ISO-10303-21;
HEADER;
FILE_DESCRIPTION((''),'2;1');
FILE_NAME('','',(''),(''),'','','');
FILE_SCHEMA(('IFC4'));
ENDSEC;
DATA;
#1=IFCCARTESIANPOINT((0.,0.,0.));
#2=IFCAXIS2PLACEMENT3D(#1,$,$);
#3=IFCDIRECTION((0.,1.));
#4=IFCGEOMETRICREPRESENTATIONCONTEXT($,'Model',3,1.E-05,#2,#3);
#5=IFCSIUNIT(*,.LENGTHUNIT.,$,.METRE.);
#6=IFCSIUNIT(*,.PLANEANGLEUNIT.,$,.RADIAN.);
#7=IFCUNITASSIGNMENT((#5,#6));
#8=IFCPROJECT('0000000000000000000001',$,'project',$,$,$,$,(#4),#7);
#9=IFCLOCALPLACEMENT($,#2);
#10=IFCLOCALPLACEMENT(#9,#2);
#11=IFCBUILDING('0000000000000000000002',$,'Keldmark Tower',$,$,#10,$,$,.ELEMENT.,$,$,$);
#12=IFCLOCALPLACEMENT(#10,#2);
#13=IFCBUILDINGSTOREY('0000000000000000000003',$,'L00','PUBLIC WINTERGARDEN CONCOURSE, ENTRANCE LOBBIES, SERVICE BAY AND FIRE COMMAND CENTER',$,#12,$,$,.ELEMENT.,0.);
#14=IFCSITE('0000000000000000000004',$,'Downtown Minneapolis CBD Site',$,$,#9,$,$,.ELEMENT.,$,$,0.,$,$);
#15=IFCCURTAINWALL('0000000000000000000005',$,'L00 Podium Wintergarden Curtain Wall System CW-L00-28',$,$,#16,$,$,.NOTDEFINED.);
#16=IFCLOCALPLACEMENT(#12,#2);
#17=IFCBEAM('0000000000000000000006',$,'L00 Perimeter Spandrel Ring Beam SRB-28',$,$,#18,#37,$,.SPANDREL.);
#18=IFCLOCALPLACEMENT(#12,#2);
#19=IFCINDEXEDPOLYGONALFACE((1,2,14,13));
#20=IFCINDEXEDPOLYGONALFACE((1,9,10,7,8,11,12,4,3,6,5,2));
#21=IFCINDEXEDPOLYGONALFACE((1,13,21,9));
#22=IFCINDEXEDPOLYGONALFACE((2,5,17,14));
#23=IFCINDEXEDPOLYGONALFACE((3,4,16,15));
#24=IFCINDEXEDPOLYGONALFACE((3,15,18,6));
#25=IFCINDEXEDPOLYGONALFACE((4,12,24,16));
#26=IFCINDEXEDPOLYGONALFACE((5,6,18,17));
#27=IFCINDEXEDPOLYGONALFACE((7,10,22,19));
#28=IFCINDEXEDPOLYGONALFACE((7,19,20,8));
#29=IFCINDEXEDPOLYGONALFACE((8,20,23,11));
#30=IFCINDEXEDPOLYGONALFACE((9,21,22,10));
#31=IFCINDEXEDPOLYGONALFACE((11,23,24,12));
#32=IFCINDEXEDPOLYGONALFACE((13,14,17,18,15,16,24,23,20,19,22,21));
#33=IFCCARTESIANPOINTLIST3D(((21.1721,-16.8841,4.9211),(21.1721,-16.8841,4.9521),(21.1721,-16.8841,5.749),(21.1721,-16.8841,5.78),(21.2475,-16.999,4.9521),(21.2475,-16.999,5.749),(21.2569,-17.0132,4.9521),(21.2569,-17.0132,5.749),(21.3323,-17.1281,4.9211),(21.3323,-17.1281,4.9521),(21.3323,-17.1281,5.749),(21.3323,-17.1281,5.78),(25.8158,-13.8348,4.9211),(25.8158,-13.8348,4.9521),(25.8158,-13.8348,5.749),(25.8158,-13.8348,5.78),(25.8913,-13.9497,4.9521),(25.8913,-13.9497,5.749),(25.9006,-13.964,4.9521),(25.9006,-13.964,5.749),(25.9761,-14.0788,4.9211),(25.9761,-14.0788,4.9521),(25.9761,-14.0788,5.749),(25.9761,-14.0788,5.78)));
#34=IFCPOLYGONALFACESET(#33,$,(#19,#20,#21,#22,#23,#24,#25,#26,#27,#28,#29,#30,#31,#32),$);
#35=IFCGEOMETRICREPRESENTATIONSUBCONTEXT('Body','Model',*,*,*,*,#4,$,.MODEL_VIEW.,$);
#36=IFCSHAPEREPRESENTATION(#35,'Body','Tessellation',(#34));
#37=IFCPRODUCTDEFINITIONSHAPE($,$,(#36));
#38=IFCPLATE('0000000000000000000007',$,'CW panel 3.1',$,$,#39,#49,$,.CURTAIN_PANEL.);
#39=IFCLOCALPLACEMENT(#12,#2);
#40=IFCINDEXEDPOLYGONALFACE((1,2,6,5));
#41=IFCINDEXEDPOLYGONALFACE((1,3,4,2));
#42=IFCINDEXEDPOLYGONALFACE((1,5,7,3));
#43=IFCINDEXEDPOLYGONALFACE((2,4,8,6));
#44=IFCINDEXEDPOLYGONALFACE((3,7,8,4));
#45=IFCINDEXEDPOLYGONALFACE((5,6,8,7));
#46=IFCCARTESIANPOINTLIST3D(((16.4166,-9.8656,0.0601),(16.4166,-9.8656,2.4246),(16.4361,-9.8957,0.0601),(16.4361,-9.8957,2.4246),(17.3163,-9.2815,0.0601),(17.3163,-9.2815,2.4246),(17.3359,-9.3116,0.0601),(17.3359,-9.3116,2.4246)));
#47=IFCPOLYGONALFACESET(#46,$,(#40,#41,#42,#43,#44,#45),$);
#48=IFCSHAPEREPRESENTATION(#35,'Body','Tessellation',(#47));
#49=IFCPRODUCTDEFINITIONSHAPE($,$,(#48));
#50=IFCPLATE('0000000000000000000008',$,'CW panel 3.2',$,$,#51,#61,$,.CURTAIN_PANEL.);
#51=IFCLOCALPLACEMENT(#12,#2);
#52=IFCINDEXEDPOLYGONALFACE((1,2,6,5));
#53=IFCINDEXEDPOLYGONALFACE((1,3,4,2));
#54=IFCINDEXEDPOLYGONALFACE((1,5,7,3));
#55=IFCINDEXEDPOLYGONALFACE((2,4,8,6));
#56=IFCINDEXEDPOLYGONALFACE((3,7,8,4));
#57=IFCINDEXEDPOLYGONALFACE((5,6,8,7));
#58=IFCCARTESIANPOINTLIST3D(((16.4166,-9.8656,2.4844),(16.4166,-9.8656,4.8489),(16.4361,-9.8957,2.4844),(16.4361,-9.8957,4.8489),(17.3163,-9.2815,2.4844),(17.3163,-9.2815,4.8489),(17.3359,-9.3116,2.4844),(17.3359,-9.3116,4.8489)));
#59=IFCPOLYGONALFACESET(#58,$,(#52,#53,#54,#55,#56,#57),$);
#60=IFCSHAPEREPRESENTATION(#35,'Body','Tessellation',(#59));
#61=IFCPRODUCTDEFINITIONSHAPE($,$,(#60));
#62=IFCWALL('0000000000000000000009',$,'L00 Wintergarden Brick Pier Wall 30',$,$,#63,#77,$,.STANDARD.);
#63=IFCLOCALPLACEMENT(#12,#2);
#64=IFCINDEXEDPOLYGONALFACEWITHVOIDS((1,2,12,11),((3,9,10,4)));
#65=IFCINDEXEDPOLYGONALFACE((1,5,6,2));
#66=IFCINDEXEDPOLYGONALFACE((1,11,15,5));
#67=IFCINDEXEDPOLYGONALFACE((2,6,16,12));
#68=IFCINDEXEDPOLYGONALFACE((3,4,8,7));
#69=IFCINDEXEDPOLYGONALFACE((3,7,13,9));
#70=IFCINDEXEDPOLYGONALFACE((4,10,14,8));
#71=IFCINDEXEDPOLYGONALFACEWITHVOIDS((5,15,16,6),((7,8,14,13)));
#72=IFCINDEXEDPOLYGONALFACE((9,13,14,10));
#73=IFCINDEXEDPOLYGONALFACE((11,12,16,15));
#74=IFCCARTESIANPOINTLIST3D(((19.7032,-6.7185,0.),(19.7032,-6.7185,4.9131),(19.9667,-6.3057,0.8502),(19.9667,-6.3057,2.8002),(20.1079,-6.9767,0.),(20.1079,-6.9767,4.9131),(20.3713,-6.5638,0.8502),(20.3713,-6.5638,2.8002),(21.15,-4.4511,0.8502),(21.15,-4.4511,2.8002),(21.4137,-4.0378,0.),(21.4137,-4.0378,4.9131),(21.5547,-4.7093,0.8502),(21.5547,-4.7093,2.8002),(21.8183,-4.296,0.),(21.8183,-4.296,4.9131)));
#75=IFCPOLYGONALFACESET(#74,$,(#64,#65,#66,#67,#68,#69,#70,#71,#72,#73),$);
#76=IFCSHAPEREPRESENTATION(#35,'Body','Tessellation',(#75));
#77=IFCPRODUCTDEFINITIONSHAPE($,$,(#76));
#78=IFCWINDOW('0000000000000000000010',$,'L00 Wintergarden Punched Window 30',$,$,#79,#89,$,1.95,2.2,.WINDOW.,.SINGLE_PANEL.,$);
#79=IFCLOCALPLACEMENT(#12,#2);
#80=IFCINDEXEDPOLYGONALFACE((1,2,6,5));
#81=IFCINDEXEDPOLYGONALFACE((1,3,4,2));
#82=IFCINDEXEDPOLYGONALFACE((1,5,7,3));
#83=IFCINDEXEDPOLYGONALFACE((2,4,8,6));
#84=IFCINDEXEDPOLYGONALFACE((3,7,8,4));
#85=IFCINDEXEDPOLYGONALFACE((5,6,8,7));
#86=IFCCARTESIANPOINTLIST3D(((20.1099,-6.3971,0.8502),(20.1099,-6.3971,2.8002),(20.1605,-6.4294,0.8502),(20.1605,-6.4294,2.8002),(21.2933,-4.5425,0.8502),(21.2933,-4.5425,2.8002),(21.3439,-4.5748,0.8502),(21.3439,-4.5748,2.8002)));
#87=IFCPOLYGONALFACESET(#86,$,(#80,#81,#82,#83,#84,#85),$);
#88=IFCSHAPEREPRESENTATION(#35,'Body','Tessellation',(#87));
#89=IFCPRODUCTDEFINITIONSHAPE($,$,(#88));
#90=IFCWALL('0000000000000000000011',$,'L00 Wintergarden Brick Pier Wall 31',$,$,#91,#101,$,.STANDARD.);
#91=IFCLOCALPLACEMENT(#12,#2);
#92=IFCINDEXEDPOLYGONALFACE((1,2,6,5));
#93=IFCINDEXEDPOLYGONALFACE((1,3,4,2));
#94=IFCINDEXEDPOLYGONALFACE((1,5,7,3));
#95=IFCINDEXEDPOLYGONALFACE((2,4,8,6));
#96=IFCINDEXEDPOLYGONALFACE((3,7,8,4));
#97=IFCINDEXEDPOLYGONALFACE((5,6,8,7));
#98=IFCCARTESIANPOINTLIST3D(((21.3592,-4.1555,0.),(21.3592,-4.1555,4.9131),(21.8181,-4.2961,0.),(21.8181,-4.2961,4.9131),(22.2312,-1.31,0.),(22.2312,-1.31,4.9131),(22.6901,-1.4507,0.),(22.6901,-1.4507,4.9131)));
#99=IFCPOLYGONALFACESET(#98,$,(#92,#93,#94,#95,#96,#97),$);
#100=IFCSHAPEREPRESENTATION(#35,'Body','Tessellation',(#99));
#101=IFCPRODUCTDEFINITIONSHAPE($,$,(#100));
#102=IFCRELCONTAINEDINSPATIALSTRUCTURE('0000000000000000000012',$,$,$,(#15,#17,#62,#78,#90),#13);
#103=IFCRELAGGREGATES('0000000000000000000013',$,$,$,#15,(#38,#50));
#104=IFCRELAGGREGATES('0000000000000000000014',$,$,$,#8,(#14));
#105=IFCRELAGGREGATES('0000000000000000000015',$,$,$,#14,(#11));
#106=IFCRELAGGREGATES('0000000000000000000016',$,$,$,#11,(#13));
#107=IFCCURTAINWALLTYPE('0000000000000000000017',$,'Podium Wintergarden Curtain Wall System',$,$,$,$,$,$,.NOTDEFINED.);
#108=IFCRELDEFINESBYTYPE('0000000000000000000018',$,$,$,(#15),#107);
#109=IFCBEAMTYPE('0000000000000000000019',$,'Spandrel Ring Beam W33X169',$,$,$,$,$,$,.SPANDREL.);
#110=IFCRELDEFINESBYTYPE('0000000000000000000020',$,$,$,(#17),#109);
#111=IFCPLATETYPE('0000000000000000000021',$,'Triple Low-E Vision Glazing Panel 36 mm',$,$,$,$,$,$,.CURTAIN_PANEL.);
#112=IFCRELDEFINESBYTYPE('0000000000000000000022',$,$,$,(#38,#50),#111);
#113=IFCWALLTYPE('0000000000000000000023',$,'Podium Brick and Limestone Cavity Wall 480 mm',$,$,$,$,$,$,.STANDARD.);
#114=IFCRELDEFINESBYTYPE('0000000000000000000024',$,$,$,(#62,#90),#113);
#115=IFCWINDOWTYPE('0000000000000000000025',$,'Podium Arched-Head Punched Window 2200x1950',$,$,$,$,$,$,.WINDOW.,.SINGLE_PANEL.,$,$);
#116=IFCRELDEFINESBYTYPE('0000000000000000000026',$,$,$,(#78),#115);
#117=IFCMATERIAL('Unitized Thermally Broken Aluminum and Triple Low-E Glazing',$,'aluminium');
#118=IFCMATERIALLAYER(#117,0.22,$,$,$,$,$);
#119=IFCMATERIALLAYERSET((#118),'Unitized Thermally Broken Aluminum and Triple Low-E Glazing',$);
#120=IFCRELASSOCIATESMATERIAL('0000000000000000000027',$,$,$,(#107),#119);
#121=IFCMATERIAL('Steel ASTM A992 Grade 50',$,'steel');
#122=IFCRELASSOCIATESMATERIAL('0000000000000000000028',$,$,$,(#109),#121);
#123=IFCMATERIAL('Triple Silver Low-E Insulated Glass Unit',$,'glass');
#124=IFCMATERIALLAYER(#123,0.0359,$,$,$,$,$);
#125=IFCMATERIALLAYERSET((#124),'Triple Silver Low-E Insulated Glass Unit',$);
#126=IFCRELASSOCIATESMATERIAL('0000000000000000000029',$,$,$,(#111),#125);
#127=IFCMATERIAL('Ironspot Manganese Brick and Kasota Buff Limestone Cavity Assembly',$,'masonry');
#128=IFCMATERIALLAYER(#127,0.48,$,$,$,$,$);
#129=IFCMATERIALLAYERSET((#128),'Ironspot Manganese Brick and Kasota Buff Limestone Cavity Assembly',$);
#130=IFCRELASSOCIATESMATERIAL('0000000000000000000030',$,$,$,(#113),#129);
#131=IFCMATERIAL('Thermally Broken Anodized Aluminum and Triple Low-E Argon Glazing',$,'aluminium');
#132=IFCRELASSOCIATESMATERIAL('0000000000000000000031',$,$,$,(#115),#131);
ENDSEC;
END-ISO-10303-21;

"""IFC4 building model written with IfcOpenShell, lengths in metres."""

from ifc_helpers import new_model, si_unit, direction, frame, frame_2d, origin, origin_2d, place, context, subcontext, project, spatial, rectangle, i_section, extrude, material, layer, layer_set, material_profile, profile_set, type_object, element, fill, aggregate, save


model = new_model("IFC4")

# Units and contexts
model_context = context("Model", 3, precision=1e-05, world=origin(), true_north=direction((0.0, 1.0)))
body_context = subcontext(model_context, "Body", "Model", "MODEL_VIEW")
ifc_project = project(units=[si_unit("LENGTHUNIT", "METRE"), si_unit("PLANEANGLEUNIT", "RADIAN")], contexts=[model_context])

# Site, building, storey
site_placement = place(None, origin())
site = spatial("IfcSite", under=ifc_project, at=site_placement, Name="Downtown Minneapolis CBD Site", CompositionType="ELEMENT", RefElevation=0.0)
building_placement = place(site_placement, origin())
building = spatial("IfcBuilding", under=site, at=building_placement, Name="Keldmark Tower", CompositionType="ELEMENT")
storey_placement = place(building_placement, origin())
storey = spatial("IfcBuildingStorey", under=building, at=storey_placement, Name="L00", Description="PUBLIC WINTERGARDEN CONCOURSE, ENTRANCE LOBBIES, SERVICE BAY AND FIRE COMMAND CENTER", CompositionType="ELEMENT", Elevation=0.0)

# Curtain wall
ifc_material_1 = material(Name="Unitized Thermally Broken Aluminum and Triple Low-E Glazing", Category="aluminium")
ifc_layer_1 = layer(ifc_material_1, 0.22)
ifc_layer_set_1 = layer_set([ifc_layer_1], Name="Unitized Thermally Broken Aluminum and Triple Low-E Glazing")
curtain_wall_type = type_object("IfcCurtainWallType", Name="Podium Wintergarden Curtain Wall System", PredefinedType="NOTDEFINED", material=ifc_layer_set_1)
curtain_wall_placement = place(storey_placement, origin())
curtain_wall = element("IfcCurtainWall", 1, at=curtain_wall_placement, inside=storey, type_object=curtain_wall_type, Name="L00 Podium Wintergarden Curtain Wall System CW-L00-28", PredefinedType="NOTDEFINED")

# Beam
ifc_material_2 = material(Name="Steel ASTM A992 Grade 50", Category="steel")
ifc_material_profile_1 = material_profile(ifc_material_2, i_section(OverallWidth=0.292, OverallDepth=0.8589, WebThickness=0.0171, FlangeThickness=0.031, at=origin_2d()), Name="W33X169")
ifc_profile_set_1 = profile_set([ifc_material_profile_1], Name="Steel ASTM A992 Grade 50")
beam_type_1 = type_object("IfcBeamType", Name="Spandrel Ring Beam W33X169", PredefinedType="SPANDREL", material=ifc_profile_set_1)
beam_1_placement = place(storey_placement, frame((21.2522, -17.0061, 5.3506), z_axis=(0.835897, 0.548886, 0.0), x_axis=(-0.548886, 0.835897, 0.0)))
element("IfcBeam", 2, at=beam_1_placement, inside=storey, type_object=beam_type_1, Name="L00 Perimeter Spandrel Ring Beam SRB-28", PredefinedType="SPANDREL", context=body_context, shape_type="SweptSolid", body=[
    extrude(i_section(OverallWidth=0.292, OverallDepth=0.8589, WebThickness=0.0171, FlangeThickness=0.031, at=origin_2d()), origin(), (0.0, 0.0, 1.0), 5.5554),
])

# Plates
ifc_material_3 = material(Name="Triple Silver Low-E Insulated Glass Unit", Category="glass")
ifc_layer_2 = layer(ifc_material_3, 0.0359)
ifc_layer_set_2 = layer_set([ifc_layer_2], Name="Triple Silver Low-E Insulated Glass Unit")
plate_type = type_object("IfcPlateType", Name="Triple Low-E Vision Glazing Panel 36 mm", PredefinedType="CURTAIN_PANEL", material=ifc_layer_set_2)
plate_1_placement = place(storey_placement, frame((16.8762, -9.5886, 0.0601), z_axis=(0.0, 0.0, 1.0), x_axis=(0.838763, 0.544496, 0.0)))
plate_1 = element("IfcPlate", 3, at=plate_1_placement, type_object=plate_type, Name="CW panel 3.1", PredefinedType="CURTAIN_PANEL", context=body_context, shape_type="SweptSolid", body=[
    extrude(rectangle(XDim=1.0728, YDim=0.0359, at=origin_2d()), origin(), (0.0, 0.0, 1.0), 2.3645),
])
plate_2_placement = place(storey_placement, frame((16.8762, -9.5886, 2.4844), z_axis=(0.0, 0.0, 1.0), x_axis=(0.838763, 0.544496, 0.0)))
plate_2 = element("IfcPlate", 4, at=plate_2_placement, type_object=plate_type, Name="CW panel 3.2", PredefinedType="CURTAIN_PANEL", context=body_context, shape_type="SweptSolid", body=[
    extrude(rectangle(XDim=1.0728, YDim=0.0359, at=origin_2d()), origin(), (0.0, 0.0, 1.0), 2.3645),
])
aggregate(curtain_wall, [plate_1, plate_2])

# Shared definitions
ifc_material_4 = material(Name="Ironspot Manganese Brick and Kasota Buff Limestone Cavity Assembly", Category="masonry")
ifc_layer_3 = layer(ifc_material_4, 0.48)
ifc_layer_set_3 = layer_set([ifc_layer_3], Name="Ironspot Manganese Brick and Kasota Buff Limestone Cavity Assembly")
wall_type = type_object("IfcWallType", Name="Podium Brick and Limestone Cavity Wall 480 mm", PredefinedType="STANDARD", material=ifc_layer_set_3)

# Wall, opening, window
wall_1_placement = place(storey_placement, frame((21.616, -4.167, 0.0), z_axis=(0.0, 0.0, 1.0), x_axis=(-0.537898, -0.84301, 0.0)))
wall_1 = element("IfcWall", 5, at=wall_1_placement, inside=storey, type_object=wall_type, Name="L00 Wintergarden Brick Pier Wall 30", PredefinedType="STANDARD", context=body_context, shape_type="SweptSolid", body=[
    extrude(rectangle(XDim=3.1799, YDim=0.48, at=frame_2d((1.5898, 0.0))), origin(), (0.0, 0.0, 1.0), 4.9131),
])
opening_1_placement = place(wall_1_placement, frame((0.49, 0.0, 0.8501)))
opening_1 = element("IfcOpeningElement", 6, at=opening_1_placement, cuts=wall_1, PredefinedType="OPENING", context=body_context, shape_type="SweptSolid", body=[
    extrude(rectangle(XDim=2.2, YDim=1.95, at=frame_2d((1.1001, 0.9751))), frame((0.0, 0.25, 0.0), z_axis=(0.0, -1.0, 0.0), x_axis=(1.0, 0.0, 0.0)), (0.0, 0.0, 1.0), 0.5),
])
ifc_material_5 = material(Name="Thermally Broken Anodized Aluminum and Triple Low-E Argon Glazing", Category="aluminium")
window_type = type_object("IfcWindowType", Name="Podium Arched-Head Punched Window 2200x1950", PartitioningType="SINGLE_PANEL", PredefinedType="WINDOW", material=ifc_material_5)
window_placement = place(opening_1_placement, origin())
window = element("IfcWindow", 7, at=window_placement, inside=storey, type_object=window_type, Name="L00 Wintergarden Punched Window 30", OverallHeight=1.95, OverallWidth=2.2, PartitioningType="SINGLE_PANEL", PredefinedType="WINDOW", context=body_context, shape_type="SweptSolid", body=[
    extrude(rectangle(XDim=2.2, YDim=1.95, at=frame_2d((1.1001, 0.9751))), frame((0.0, -0.01, 0.0), z_axis=(0.0, -1.0, 0.0), x_axis=(1.0, 0.0, 0.0)), (0.0, 0.0, 1.0), 0.0601),
])
fill(opening_1, window)

# Wall
wall_2_placement = place(storey_placement, frame((22.4607, -1.3804, 0.0), z_axis=(0.0, 0.0, 1.0), x_axis=(-0.293025, -0.956105, 0.0)))
element("IfcWall", 8, at=wall_2_placement, inside=storey, type_object=wall_type, Name="L00 Wintergarden Brick Pier Wall 31", PredefinedType="STANDARD", context=body_context, shape_type="SweptSolid", body=[
    extrude(rectangle(XDim=2.9761, YDim=0.48, at=frame_2d((1.488, 0.0))), origin(), (0.0, 0.0, 1.0), 4.9131),
])

save(model, "model.ifc")
